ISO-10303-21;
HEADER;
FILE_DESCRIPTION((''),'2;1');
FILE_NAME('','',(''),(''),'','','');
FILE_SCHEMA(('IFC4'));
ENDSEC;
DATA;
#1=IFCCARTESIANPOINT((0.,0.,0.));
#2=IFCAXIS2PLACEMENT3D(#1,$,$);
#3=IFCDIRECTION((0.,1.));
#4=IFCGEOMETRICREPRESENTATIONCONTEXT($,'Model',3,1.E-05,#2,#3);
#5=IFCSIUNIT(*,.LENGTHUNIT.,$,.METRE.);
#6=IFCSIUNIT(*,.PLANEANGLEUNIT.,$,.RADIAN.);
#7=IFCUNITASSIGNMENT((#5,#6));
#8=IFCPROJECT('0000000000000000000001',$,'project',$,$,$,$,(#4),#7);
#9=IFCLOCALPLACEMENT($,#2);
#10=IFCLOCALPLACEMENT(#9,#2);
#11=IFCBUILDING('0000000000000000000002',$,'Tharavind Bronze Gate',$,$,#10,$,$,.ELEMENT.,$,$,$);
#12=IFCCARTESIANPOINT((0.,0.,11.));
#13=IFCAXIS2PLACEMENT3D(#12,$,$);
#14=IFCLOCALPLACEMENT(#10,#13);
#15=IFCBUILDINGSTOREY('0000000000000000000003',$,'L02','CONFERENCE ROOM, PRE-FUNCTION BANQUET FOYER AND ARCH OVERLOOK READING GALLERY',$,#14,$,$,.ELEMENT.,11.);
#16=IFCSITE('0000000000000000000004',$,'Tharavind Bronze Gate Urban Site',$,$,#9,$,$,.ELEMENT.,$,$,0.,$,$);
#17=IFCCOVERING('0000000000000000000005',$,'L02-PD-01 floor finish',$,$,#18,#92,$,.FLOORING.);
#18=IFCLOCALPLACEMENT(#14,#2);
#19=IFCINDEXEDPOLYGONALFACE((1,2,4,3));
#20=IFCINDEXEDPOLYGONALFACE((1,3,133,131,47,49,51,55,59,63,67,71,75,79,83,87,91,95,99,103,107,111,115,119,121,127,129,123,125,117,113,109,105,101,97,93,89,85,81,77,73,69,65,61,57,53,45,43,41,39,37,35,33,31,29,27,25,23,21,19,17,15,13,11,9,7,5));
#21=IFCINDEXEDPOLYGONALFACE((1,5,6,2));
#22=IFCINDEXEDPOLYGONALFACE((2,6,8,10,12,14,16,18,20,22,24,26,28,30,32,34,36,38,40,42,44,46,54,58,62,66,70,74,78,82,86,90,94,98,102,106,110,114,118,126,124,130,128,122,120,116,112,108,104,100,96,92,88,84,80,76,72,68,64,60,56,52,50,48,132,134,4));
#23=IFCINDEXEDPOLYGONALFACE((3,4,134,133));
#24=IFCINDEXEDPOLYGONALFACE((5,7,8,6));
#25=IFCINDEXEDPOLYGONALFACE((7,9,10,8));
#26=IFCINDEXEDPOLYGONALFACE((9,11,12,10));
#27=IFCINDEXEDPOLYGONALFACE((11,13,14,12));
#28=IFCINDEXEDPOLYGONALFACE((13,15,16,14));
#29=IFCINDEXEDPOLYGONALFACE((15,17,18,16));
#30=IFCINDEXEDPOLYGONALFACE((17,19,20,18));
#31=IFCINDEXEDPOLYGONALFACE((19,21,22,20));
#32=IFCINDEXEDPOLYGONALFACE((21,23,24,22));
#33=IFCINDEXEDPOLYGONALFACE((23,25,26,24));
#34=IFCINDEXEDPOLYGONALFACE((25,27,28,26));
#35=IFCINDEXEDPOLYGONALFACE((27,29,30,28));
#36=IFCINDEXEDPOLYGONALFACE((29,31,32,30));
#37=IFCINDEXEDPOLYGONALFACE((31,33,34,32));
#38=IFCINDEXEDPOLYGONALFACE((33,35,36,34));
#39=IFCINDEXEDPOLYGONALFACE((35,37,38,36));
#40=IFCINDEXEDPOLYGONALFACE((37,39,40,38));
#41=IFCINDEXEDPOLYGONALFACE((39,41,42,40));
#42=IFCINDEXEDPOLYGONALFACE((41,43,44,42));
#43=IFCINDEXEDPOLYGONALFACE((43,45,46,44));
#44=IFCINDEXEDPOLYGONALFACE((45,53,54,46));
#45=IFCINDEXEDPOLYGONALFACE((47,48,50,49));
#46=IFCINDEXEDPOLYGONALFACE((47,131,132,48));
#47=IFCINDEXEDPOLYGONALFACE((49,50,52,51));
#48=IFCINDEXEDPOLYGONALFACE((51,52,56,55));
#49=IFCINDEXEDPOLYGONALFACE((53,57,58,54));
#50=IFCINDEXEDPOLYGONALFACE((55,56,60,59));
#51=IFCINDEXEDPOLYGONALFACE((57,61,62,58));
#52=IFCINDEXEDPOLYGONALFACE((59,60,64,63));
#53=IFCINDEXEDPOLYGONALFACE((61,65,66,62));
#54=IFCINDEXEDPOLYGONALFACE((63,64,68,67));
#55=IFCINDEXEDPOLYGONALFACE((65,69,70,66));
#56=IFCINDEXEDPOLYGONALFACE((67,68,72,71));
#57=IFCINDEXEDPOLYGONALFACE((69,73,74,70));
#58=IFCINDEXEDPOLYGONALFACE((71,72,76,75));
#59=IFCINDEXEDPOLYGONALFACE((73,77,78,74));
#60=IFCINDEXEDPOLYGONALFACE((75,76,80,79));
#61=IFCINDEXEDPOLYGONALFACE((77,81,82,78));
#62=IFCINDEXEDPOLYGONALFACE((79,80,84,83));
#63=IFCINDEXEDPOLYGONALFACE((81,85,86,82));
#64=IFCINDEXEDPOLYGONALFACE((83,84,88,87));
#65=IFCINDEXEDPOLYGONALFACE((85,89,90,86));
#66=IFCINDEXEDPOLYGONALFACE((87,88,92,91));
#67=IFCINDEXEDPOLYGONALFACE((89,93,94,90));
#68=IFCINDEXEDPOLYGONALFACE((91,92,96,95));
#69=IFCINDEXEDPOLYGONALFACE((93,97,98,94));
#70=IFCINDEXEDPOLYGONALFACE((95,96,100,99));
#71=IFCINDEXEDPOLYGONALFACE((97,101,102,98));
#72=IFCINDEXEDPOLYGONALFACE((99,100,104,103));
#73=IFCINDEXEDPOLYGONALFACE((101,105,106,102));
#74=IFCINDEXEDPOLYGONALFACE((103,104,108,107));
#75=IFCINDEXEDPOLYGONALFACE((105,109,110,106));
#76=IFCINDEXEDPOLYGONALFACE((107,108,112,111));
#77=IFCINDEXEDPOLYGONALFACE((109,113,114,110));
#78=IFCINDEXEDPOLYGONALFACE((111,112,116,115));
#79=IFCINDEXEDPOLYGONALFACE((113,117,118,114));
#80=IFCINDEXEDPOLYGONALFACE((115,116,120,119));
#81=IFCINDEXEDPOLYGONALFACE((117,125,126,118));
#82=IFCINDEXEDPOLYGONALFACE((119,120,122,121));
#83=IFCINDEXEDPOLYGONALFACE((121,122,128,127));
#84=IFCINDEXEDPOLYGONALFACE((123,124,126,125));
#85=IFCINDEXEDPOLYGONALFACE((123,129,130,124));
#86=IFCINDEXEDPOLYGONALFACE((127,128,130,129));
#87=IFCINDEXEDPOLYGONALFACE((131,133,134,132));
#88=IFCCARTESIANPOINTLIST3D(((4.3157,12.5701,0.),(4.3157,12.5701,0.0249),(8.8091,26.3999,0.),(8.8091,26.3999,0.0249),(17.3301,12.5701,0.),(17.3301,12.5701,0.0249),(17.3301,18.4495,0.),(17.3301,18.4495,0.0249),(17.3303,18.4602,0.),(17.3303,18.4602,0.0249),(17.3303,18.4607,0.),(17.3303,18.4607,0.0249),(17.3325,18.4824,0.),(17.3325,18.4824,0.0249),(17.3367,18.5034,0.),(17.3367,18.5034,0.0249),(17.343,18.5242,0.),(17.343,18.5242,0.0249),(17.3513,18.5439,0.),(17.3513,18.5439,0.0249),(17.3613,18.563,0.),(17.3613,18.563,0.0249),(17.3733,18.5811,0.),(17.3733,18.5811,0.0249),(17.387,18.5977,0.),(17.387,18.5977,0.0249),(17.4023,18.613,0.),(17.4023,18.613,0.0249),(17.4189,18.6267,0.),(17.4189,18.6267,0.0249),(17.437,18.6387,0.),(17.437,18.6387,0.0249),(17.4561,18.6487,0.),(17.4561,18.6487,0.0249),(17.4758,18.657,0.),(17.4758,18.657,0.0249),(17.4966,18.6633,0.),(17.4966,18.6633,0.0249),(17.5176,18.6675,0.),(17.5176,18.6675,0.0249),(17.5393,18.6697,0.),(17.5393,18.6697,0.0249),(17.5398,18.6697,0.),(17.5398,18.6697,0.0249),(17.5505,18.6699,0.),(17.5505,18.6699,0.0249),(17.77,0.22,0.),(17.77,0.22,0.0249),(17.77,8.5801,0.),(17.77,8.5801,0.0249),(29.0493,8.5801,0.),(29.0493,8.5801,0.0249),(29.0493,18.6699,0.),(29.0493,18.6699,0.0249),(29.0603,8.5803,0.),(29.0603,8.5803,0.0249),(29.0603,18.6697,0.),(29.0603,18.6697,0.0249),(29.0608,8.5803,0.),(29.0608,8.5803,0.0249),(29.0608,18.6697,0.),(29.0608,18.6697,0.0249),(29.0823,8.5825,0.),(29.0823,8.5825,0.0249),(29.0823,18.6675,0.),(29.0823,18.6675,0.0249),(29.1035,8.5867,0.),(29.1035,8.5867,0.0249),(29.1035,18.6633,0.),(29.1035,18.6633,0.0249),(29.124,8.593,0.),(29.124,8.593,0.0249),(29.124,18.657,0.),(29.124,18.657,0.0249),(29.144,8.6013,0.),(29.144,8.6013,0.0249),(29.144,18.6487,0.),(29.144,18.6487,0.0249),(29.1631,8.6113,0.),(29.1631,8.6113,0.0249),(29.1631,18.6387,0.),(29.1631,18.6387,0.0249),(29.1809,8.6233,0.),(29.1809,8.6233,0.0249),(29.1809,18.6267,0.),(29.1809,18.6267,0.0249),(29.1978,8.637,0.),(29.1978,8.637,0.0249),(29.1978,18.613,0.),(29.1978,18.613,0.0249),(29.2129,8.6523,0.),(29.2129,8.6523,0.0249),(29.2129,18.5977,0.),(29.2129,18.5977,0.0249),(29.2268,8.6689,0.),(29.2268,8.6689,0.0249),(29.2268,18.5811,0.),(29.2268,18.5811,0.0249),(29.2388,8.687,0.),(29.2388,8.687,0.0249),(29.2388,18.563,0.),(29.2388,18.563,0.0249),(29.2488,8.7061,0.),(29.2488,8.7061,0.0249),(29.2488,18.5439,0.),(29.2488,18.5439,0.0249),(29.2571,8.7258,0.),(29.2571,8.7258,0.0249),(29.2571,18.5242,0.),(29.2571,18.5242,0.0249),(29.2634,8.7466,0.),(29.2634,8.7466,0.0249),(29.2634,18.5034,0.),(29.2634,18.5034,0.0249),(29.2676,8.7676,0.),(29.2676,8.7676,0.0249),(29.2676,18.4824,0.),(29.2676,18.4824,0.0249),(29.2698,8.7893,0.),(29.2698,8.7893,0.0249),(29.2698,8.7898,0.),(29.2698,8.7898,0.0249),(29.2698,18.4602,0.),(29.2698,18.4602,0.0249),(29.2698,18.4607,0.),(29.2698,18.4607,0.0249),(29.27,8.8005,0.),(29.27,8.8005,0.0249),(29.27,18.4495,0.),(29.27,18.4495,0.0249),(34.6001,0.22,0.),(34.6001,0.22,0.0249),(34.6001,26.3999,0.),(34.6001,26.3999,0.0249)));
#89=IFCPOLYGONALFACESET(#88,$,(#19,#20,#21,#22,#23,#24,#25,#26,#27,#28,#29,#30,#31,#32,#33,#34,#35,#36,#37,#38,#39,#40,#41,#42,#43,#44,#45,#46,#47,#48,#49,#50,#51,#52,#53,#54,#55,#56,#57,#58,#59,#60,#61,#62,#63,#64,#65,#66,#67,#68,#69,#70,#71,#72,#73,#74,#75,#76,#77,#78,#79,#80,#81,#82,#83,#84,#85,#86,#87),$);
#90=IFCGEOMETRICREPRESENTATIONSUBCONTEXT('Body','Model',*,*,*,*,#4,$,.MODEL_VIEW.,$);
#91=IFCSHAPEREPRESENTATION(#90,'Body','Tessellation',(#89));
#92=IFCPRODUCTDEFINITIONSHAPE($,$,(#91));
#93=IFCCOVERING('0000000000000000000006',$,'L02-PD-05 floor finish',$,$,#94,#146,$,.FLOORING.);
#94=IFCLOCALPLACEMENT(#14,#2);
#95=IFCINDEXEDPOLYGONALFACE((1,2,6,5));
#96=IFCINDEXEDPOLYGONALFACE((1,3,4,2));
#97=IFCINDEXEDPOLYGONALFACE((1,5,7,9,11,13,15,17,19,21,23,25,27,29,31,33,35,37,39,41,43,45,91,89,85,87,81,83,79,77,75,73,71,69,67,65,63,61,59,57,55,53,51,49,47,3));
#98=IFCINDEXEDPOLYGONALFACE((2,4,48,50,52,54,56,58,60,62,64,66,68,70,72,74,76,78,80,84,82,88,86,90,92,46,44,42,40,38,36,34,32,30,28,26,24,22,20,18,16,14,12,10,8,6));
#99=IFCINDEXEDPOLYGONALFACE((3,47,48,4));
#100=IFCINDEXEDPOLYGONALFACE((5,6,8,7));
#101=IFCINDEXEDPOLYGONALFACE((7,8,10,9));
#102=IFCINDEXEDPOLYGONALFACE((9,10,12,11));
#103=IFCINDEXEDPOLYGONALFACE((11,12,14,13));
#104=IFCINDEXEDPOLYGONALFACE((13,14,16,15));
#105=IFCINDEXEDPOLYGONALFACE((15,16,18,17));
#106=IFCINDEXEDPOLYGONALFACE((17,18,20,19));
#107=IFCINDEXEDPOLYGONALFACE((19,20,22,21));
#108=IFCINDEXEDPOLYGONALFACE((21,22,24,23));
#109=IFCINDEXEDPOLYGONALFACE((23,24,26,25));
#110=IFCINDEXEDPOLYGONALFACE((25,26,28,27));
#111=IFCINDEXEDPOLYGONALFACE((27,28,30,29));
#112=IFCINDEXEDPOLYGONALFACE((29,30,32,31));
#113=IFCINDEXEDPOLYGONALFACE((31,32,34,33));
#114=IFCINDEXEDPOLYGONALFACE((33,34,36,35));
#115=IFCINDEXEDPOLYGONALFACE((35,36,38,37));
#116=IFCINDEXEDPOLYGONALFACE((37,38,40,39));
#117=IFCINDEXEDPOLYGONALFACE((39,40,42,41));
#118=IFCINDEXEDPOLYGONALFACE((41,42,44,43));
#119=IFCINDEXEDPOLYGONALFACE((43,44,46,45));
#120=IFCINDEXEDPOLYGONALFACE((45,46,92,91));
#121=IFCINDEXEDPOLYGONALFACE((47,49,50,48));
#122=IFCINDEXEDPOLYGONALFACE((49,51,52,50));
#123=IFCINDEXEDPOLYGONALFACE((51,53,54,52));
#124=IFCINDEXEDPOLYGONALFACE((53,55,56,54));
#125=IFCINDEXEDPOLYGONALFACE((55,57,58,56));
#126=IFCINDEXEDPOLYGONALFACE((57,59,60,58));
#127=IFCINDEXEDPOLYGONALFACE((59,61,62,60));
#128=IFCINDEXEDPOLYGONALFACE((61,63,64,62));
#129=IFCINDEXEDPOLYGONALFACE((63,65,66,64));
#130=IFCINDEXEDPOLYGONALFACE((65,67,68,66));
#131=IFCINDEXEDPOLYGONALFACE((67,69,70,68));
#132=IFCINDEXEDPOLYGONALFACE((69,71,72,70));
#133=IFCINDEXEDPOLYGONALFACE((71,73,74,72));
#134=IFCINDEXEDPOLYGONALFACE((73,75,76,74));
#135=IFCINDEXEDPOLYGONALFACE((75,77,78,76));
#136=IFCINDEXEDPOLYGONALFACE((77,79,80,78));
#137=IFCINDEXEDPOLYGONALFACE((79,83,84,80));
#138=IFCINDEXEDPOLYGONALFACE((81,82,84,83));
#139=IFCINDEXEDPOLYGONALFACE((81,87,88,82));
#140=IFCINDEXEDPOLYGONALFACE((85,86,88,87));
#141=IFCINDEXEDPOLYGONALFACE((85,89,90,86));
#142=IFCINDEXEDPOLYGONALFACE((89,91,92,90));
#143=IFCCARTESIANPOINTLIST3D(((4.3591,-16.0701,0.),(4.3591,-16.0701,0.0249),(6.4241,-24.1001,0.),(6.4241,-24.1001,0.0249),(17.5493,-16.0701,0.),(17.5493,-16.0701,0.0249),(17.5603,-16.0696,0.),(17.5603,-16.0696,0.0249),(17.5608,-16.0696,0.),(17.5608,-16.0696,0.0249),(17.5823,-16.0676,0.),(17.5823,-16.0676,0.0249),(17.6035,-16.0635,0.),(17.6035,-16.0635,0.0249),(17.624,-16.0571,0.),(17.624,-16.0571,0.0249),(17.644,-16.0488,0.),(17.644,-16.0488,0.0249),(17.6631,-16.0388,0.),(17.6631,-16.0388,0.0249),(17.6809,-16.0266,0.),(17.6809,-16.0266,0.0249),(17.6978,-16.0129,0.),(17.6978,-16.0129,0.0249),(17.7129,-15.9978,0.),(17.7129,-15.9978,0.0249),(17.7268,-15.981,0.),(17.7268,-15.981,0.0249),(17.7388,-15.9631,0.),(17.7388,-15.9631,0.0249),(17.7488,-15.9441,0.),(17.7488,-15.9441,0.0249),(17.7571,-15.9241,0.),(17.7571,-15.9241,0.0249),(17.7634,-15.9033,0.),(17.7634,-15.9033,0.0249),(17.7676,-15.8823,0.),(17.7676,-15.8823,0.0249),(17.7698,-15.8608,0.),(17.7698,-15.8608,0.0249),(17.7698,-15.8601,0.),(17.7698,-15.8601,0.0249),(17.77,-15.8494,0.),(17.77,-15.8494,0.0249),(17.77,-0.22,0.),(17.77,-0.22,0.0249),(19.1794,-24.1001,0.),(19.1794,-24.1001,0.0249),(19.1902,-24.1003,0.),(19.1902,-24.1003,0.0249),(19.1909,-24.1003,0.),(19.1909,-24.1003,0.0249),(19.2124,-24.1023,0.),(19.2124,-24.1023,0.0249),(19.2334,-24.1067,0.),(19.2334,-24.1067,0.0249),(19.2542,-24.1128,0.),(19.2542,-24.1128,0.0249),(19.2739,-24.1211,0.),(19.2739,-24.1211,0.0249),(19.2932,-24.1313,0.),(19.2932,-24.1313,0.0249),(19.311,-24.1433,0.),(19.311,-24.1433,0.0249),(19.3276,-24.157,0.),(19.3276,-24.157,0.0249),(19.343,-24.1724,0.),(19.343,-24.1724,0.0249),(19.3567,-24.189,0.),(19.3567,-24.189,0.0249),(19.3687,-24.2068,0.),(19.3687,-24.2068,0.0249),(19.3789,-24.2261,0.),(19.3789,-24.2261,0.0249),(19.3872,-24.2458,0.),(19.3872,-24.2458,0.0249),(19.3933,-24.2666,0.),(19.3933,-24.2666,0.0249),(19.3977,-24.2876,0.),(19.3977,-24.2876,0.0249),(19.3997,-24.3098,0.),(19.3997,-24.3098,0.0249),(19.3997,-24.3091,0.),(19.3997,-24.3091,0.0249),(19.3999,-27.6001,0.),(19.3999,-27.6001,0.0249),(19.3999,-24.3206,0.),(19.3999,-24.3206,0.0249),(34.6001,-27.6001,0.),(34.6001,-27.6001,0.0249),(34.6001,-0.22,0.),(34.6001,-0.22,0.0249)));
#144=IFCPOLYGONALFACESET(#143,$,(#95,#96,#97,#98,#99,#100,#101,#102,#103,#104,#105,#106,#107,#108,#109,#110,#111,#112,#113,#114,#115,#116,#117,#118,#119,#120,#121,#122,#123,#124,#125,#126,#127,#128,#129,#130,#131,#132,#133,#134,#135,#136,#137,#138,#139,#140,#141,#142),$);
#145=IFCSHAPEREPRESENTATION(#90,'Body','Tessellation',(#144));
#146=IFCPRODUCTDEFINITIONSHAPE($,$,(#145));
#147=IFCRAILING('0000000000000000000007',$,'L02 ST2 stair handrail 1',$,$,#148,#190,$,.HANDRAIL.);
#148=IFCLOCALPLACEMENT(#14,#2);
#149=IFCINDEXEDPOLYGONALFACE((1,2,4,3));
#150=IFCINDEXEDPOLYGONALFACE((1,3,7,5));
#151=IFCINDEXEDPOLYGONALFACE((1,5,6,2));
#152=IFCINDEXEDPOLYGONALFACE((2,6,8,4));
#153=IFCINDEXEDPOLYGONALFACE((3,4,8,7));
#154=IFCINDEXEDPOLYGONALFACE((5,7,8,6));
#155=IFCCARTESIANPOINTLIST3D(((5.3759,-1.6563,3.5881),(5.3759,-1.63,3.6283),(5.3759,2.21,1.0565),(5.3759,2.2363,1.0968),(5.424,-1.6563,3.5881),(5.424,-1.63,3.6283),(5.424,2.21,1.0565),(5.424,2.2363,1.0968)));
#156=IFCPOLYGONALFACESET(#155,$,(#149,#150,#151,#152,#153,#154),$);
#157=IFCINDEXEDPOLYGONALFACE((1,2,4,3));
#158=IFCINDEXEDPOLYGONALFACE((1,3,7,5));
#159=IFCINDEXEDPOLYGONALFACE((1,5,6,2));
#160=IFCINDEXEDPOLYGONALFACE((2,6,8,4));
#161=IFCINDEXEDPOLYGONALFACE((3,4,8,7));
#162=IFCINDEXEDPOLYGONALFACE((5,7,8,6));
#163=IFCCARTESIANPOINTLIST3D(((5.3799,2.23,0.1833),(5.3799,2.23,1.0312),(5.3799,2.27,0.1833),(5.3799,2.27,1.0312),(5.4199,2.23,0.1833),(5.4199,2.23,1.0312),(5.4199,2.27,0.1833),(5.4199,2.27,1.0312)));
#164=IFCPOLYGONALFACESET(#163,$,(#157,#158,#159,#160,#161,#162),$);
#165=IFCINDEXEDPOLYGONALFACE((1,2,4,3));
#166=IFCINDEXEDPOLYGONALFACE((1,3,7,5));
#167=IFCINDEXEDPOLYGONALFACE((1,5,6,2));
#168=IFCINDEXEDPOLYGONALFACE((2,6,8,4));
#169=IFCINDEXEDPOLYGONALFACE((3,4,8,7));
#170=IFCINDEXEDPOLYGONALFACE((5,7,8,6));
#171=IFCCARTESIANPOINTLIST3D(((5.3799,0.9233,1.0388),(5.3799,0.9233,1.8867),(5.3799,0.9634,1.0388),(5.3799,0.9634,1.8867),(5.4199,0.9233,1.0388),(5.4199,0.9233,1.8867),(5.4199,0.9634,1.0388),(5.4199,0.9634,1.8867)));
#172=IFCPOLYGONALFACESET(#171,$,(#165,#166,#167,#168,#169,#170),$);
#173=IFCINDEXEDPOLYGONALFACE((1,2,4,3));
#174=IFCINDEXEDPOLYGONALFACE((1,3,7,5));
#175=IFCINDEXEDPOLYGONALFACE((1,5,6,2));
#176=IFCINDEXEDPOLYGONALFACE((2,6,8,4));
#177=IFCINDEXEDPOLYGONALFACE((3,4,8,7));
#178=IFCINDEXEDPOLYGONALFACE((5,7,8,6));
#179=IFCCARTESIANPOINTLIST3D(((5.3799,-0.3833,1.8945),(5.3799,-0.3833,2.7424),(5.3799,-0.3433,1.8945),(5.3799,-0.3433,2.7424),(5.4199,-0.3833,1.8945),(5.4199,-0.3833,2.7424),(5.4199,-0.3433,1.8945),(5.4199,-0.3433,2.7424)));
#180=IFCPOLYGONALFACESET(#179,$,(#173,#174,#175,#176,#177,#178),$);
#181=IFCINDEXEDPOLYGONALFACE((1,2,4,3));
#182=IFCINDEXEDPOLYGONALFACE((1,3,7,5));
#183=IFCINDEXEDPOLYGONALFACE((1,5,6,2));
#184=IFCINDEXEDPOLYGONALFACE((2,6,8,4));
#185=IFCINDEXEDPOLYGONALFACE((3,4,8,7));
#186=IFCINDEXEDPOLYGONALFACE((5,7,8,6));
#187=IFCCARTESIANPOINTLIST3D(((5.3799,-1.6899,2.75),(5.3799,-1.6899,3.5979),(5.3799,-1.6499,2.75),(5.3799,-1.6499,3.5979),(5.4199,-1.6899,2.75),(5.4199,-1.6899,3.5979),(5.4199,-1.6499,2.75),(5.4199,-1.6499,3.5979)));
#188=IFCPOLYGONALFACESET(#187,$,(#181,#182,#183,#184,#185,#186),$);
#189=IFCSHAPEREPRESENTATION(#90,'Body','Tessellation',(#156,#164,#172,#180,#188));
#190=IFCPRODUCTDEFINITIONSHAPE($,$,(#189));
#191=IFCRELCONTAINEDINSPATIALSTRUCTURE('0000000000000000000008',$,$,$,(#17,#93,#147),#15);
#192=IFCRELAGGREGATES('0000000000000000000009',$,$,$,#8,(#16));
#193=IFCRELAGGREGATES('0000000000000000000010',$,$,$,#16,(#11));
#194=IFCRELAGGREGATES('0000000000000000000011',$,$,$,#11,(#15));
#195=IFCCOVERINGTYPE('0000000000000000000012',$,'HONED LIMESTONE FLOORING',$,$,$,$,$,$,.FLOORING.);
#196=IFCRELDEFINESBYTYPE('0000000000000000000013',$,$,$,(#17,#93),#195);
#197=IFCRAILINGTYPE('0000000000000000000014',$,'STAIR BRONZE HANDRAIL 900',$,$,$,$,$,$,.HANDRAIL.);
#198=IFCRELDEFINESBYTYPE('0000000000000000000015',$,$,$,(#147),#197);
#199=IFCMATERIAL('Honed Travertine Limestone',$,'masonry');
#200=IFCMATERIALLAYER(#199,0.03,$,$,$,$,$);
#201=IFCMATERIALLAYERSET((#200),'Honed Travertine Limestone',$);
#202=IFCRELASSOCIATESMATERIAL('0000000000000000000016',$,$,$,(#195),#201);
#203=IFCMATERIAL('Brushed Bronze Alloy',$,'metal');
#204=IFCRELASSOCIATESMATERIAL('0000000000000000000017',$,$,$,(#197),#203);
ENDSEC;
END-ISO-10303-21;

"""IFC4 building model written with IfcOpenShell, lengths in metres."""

from ifc_helpers import new_model, si_unit, direction, frame, origin, origin_2d, place, context, subcontext, project, spatial, polyline, rectangle, outline, extrude, material, layer, layer_set, type_object, element, save


model = new_model("IFC4")

# Units and contexts
model_context = context("Model", 3, precision=1e-05, world=origin(), true_north=direction((0.0, 1.0)))
body_context = subcontext(model_context, "Body", "Model", "MODEL_VIEW")
ifc_project = project(units=[si_unit("LENGTHUNIT", "METRE"), si_unit("PLANEANGLEUNIT", "RADIAN")], contexts=[model_context])

# Site, building, storey
site_placement = place(None, origin())
site = spatial("IfcSite", under=ifc_project, at=site_placement, Name="Tharavind Bronze Gate Urban Site", CompositionType="ELEMENT", RefElevation=0.0)
building_placement = place(site_placement, origin())
building = spatial("IfcBuilding", under=site, at=building_placement, Name="Tharavind Bronze Gate", CompositionType="ELEMENT")
storey_placement = place(building_placement, frame((0.0, 0.0, 11.0)))
storey = spatial("IfcBuildingStorey", under=building, at=storey_placement, Name="L02", Description="CONFERENCE ROOM, PRE-FUNCTION BANQUET FOYER AND ARCH OVERLOOK READING GALLERY", CompositionType="ELEMENT", Elevation=11.0)

# Coverings
ifc_material_1 = material(Name="Honed Travertine Limestone", Category="masonry")
ifc_layer_1 = layer(ifc_material_1, 0.03)
ifc_layer_set_1 = layer_set([ifc_layer_1], Name="Honed Travertine Limestone")
covering_type_1 = type_object("IfcCoveringType", Name="HONED LIMESTONE FLOORING", PredefinedType="FLOORING", material=ifc_layer_set_1)
covering_1_placement = place(storey_placement, origin())
element("IfcCovering", 1, at=covering_1_placement, inside=storey, type_object=covering_type_1, Name="L02-PD-01 floor finish", PredefinedType="FLOORING", context=body_context, shape_type="SweptSolid", body=[
    extrude(outline(polyline([(17.3301, 12.5701), (17.3301, 18.4495), (17.3303, 18.4602), (17.3303, 18.4607), (17.3325, 18.4824), (17.3367, 18.5034), (17.343, 18.5242), (17.3513, 18.5439), (17.3613, 18.563), (17.3733, 18.5811), (17.387, 18.5977), (17.4023, 18.613), (17.4189, 18.6267), (17.437, 18.6387), (17.4561, 18.6487), (17.4758, 18.657), (17.4966, 18.6633), (17.5176, 18.6675), (17.5393, 18.6697), (17.5398, 18.6697), (17.5505, 18.6699), (29.0493, 18.6699), (29.0603, 18.6697), (29.0608, 18.6697), (29.0823, 18.6675), (29.1035, 18.6633), (29.124, 18.657), (29.144, 18.6487), (29.1631, 18.6387), (29.1809, 18.6267), (29.1978, 18.613), (29.2129, 18.5977), (29.2268, 18.5811), (29.2388, 18.563), (29.2488, 18.5439), (29.2571, 18.5242), (29.2634, 18.5034), (29.2676, 18.4824), (29.2698, 18.4607), (29.2698, 18.4602), (29.27, 18.4495), (29.27, 8.8005), (29.2698, 8.7898), (29.2698, 8.7893), (29.2676, 8.7676), (29.2634, 8.7466), (29.2571, 8.7258), (29.2488, 8.7061), (29.2388, 8.687), (29.2268, 8.6689), (29.2129, 8.6523), (29.1978, 8.637), (29.1809, 8.6233), (29.1631, 8.6113), (29.144, 8.6013), (29.124, 8.593), (29.1035, 8.5867), (29.0823, 8.5825), (29.0608, 8.5803), (29.0603, 8.5803), (29.0493, 8.5801), (17.77, 8.5801), (17.77, 0.22), (34.6001, 0.22), (34.6001, 26.3999), (8.8091, 26.3999), (4.3157, 12.5701), (17.3301, 12.5701)])), origin(), (0.0, 0.0, 1.0), 0.0249),
])
covering_2_placement = place(storey_placement, origin())
element("IfcCovering", 2, at=covering_2_placement, inside=storey, type_object=covering_type_1, Name="L02-PD-05 floor finish", PredefinedType="FLOORING", context=body_context, shape_type="SweptSolid", body=[
    extrude(outline(polyline([(6.4241, -24.1001), (19.1794, -24.1001), (19.1902, -24.1003), (19.1909, -24.1003), (19.2124, -24.1023), (19.2334, -24.1067), (19.2542, -24.1128), (19.2739, -24.1211), (19.2932, -24.1313), (19.311, -24.1433), (19.3276, -24.157), (19.343, -24.1724), (19.3567, -24.189), (19.3687, -24.2068), (19.3789, -24.2261), (19.3872, -24.2458), (19.3933, -24.2666), (19.3977, -24.2876), (19.3997, -24.3091), (19.3997, -24.3098), (19.3999, -24.3206), (19.3999, -27.6001), (34.6001, -27.6001), (34.6001, -0.22), (17.77, -0.22), (17.77, -15.8494), (17.7698, -15.8601), (17.7698, -15.8608), (17.7676, -15.8823), (17.7634, -15.9033), (17.7571, -15.9241), (17.7488, -15.9441), (17.7388, -15.9631), (17.7268, -15.981), (17.7129, -15.9978), (17.6978, -16.0129), (17.6809, -16.0266), (17.6631, -16.0388), (17.644, -16.0488), (17.624, -16.0571), (17.6035, -16.0635), (17.5823, -16.0676), (17.5608, -16.0696), (17.5603, -16.0696), (17.5493, -16.0701), (4.3591, -16.0701), (6.4241, -24.1001)])), origin(), (0.0, 0.0, 1.0), 0.0249),
])

# Railing
ifc_material_2 = material(Name="Brushed Bronze Alloy", Category="metal")
railing_type = type_object("IfcRailingType", Name="STAIR BRONZE HANDRAIL 900", PredefinedType="HANDRAIL", material=ifc_material_2)
railing_placement = place(storey_placement, frame((5.3999, 2.25, 0.1833)))
element("IfcRailing", 3, at=railing_placement, inside=storey, type_object=railing_type, Name="L02 ST2 stair handrail 1", PredefinedType="HANDRAIL", context=body_context, shape_type="SweptSolid", body=[
    extrude(rectangle(XDim=0.0481, YDim=0.0481, at=origin_2d()), frame((0.0, -0.0269, 0.8933), z_axis=(0.0, -0.836615, 0.547791), x_axis=(1.0, 0.0, 0.0)), (0.0, 0.0, 1.0), 4.6213),
    extrude(rectangle(XDim=0.04, YDim=0.04, at=origin_2d()), origin(), (0.0, 0.0, 1.0), 0.8479),
    extrude(rectangle(XDim=0.04, YDim=0.04, at=origin_2d()), frame((0.0, -1.3066, 0.8555)), (0.0, 0.0, 1.0), 0.8479),
    extrude(rectangle(XDim=0.04, YDim=0.04, at=origin_2d()), frame((0.0, -2.6133, 1.7112)), (0.0, 0.0, 1.0), 0.8479),
    extrude(rectangle(XDim=0.04, YDim=0.04, at=origin_2d()), frame((0.0, -3.9199, 2.5667)), (0.0, 0.0, 1.0), 0.8479),
])

save(model, "model.ifc")
